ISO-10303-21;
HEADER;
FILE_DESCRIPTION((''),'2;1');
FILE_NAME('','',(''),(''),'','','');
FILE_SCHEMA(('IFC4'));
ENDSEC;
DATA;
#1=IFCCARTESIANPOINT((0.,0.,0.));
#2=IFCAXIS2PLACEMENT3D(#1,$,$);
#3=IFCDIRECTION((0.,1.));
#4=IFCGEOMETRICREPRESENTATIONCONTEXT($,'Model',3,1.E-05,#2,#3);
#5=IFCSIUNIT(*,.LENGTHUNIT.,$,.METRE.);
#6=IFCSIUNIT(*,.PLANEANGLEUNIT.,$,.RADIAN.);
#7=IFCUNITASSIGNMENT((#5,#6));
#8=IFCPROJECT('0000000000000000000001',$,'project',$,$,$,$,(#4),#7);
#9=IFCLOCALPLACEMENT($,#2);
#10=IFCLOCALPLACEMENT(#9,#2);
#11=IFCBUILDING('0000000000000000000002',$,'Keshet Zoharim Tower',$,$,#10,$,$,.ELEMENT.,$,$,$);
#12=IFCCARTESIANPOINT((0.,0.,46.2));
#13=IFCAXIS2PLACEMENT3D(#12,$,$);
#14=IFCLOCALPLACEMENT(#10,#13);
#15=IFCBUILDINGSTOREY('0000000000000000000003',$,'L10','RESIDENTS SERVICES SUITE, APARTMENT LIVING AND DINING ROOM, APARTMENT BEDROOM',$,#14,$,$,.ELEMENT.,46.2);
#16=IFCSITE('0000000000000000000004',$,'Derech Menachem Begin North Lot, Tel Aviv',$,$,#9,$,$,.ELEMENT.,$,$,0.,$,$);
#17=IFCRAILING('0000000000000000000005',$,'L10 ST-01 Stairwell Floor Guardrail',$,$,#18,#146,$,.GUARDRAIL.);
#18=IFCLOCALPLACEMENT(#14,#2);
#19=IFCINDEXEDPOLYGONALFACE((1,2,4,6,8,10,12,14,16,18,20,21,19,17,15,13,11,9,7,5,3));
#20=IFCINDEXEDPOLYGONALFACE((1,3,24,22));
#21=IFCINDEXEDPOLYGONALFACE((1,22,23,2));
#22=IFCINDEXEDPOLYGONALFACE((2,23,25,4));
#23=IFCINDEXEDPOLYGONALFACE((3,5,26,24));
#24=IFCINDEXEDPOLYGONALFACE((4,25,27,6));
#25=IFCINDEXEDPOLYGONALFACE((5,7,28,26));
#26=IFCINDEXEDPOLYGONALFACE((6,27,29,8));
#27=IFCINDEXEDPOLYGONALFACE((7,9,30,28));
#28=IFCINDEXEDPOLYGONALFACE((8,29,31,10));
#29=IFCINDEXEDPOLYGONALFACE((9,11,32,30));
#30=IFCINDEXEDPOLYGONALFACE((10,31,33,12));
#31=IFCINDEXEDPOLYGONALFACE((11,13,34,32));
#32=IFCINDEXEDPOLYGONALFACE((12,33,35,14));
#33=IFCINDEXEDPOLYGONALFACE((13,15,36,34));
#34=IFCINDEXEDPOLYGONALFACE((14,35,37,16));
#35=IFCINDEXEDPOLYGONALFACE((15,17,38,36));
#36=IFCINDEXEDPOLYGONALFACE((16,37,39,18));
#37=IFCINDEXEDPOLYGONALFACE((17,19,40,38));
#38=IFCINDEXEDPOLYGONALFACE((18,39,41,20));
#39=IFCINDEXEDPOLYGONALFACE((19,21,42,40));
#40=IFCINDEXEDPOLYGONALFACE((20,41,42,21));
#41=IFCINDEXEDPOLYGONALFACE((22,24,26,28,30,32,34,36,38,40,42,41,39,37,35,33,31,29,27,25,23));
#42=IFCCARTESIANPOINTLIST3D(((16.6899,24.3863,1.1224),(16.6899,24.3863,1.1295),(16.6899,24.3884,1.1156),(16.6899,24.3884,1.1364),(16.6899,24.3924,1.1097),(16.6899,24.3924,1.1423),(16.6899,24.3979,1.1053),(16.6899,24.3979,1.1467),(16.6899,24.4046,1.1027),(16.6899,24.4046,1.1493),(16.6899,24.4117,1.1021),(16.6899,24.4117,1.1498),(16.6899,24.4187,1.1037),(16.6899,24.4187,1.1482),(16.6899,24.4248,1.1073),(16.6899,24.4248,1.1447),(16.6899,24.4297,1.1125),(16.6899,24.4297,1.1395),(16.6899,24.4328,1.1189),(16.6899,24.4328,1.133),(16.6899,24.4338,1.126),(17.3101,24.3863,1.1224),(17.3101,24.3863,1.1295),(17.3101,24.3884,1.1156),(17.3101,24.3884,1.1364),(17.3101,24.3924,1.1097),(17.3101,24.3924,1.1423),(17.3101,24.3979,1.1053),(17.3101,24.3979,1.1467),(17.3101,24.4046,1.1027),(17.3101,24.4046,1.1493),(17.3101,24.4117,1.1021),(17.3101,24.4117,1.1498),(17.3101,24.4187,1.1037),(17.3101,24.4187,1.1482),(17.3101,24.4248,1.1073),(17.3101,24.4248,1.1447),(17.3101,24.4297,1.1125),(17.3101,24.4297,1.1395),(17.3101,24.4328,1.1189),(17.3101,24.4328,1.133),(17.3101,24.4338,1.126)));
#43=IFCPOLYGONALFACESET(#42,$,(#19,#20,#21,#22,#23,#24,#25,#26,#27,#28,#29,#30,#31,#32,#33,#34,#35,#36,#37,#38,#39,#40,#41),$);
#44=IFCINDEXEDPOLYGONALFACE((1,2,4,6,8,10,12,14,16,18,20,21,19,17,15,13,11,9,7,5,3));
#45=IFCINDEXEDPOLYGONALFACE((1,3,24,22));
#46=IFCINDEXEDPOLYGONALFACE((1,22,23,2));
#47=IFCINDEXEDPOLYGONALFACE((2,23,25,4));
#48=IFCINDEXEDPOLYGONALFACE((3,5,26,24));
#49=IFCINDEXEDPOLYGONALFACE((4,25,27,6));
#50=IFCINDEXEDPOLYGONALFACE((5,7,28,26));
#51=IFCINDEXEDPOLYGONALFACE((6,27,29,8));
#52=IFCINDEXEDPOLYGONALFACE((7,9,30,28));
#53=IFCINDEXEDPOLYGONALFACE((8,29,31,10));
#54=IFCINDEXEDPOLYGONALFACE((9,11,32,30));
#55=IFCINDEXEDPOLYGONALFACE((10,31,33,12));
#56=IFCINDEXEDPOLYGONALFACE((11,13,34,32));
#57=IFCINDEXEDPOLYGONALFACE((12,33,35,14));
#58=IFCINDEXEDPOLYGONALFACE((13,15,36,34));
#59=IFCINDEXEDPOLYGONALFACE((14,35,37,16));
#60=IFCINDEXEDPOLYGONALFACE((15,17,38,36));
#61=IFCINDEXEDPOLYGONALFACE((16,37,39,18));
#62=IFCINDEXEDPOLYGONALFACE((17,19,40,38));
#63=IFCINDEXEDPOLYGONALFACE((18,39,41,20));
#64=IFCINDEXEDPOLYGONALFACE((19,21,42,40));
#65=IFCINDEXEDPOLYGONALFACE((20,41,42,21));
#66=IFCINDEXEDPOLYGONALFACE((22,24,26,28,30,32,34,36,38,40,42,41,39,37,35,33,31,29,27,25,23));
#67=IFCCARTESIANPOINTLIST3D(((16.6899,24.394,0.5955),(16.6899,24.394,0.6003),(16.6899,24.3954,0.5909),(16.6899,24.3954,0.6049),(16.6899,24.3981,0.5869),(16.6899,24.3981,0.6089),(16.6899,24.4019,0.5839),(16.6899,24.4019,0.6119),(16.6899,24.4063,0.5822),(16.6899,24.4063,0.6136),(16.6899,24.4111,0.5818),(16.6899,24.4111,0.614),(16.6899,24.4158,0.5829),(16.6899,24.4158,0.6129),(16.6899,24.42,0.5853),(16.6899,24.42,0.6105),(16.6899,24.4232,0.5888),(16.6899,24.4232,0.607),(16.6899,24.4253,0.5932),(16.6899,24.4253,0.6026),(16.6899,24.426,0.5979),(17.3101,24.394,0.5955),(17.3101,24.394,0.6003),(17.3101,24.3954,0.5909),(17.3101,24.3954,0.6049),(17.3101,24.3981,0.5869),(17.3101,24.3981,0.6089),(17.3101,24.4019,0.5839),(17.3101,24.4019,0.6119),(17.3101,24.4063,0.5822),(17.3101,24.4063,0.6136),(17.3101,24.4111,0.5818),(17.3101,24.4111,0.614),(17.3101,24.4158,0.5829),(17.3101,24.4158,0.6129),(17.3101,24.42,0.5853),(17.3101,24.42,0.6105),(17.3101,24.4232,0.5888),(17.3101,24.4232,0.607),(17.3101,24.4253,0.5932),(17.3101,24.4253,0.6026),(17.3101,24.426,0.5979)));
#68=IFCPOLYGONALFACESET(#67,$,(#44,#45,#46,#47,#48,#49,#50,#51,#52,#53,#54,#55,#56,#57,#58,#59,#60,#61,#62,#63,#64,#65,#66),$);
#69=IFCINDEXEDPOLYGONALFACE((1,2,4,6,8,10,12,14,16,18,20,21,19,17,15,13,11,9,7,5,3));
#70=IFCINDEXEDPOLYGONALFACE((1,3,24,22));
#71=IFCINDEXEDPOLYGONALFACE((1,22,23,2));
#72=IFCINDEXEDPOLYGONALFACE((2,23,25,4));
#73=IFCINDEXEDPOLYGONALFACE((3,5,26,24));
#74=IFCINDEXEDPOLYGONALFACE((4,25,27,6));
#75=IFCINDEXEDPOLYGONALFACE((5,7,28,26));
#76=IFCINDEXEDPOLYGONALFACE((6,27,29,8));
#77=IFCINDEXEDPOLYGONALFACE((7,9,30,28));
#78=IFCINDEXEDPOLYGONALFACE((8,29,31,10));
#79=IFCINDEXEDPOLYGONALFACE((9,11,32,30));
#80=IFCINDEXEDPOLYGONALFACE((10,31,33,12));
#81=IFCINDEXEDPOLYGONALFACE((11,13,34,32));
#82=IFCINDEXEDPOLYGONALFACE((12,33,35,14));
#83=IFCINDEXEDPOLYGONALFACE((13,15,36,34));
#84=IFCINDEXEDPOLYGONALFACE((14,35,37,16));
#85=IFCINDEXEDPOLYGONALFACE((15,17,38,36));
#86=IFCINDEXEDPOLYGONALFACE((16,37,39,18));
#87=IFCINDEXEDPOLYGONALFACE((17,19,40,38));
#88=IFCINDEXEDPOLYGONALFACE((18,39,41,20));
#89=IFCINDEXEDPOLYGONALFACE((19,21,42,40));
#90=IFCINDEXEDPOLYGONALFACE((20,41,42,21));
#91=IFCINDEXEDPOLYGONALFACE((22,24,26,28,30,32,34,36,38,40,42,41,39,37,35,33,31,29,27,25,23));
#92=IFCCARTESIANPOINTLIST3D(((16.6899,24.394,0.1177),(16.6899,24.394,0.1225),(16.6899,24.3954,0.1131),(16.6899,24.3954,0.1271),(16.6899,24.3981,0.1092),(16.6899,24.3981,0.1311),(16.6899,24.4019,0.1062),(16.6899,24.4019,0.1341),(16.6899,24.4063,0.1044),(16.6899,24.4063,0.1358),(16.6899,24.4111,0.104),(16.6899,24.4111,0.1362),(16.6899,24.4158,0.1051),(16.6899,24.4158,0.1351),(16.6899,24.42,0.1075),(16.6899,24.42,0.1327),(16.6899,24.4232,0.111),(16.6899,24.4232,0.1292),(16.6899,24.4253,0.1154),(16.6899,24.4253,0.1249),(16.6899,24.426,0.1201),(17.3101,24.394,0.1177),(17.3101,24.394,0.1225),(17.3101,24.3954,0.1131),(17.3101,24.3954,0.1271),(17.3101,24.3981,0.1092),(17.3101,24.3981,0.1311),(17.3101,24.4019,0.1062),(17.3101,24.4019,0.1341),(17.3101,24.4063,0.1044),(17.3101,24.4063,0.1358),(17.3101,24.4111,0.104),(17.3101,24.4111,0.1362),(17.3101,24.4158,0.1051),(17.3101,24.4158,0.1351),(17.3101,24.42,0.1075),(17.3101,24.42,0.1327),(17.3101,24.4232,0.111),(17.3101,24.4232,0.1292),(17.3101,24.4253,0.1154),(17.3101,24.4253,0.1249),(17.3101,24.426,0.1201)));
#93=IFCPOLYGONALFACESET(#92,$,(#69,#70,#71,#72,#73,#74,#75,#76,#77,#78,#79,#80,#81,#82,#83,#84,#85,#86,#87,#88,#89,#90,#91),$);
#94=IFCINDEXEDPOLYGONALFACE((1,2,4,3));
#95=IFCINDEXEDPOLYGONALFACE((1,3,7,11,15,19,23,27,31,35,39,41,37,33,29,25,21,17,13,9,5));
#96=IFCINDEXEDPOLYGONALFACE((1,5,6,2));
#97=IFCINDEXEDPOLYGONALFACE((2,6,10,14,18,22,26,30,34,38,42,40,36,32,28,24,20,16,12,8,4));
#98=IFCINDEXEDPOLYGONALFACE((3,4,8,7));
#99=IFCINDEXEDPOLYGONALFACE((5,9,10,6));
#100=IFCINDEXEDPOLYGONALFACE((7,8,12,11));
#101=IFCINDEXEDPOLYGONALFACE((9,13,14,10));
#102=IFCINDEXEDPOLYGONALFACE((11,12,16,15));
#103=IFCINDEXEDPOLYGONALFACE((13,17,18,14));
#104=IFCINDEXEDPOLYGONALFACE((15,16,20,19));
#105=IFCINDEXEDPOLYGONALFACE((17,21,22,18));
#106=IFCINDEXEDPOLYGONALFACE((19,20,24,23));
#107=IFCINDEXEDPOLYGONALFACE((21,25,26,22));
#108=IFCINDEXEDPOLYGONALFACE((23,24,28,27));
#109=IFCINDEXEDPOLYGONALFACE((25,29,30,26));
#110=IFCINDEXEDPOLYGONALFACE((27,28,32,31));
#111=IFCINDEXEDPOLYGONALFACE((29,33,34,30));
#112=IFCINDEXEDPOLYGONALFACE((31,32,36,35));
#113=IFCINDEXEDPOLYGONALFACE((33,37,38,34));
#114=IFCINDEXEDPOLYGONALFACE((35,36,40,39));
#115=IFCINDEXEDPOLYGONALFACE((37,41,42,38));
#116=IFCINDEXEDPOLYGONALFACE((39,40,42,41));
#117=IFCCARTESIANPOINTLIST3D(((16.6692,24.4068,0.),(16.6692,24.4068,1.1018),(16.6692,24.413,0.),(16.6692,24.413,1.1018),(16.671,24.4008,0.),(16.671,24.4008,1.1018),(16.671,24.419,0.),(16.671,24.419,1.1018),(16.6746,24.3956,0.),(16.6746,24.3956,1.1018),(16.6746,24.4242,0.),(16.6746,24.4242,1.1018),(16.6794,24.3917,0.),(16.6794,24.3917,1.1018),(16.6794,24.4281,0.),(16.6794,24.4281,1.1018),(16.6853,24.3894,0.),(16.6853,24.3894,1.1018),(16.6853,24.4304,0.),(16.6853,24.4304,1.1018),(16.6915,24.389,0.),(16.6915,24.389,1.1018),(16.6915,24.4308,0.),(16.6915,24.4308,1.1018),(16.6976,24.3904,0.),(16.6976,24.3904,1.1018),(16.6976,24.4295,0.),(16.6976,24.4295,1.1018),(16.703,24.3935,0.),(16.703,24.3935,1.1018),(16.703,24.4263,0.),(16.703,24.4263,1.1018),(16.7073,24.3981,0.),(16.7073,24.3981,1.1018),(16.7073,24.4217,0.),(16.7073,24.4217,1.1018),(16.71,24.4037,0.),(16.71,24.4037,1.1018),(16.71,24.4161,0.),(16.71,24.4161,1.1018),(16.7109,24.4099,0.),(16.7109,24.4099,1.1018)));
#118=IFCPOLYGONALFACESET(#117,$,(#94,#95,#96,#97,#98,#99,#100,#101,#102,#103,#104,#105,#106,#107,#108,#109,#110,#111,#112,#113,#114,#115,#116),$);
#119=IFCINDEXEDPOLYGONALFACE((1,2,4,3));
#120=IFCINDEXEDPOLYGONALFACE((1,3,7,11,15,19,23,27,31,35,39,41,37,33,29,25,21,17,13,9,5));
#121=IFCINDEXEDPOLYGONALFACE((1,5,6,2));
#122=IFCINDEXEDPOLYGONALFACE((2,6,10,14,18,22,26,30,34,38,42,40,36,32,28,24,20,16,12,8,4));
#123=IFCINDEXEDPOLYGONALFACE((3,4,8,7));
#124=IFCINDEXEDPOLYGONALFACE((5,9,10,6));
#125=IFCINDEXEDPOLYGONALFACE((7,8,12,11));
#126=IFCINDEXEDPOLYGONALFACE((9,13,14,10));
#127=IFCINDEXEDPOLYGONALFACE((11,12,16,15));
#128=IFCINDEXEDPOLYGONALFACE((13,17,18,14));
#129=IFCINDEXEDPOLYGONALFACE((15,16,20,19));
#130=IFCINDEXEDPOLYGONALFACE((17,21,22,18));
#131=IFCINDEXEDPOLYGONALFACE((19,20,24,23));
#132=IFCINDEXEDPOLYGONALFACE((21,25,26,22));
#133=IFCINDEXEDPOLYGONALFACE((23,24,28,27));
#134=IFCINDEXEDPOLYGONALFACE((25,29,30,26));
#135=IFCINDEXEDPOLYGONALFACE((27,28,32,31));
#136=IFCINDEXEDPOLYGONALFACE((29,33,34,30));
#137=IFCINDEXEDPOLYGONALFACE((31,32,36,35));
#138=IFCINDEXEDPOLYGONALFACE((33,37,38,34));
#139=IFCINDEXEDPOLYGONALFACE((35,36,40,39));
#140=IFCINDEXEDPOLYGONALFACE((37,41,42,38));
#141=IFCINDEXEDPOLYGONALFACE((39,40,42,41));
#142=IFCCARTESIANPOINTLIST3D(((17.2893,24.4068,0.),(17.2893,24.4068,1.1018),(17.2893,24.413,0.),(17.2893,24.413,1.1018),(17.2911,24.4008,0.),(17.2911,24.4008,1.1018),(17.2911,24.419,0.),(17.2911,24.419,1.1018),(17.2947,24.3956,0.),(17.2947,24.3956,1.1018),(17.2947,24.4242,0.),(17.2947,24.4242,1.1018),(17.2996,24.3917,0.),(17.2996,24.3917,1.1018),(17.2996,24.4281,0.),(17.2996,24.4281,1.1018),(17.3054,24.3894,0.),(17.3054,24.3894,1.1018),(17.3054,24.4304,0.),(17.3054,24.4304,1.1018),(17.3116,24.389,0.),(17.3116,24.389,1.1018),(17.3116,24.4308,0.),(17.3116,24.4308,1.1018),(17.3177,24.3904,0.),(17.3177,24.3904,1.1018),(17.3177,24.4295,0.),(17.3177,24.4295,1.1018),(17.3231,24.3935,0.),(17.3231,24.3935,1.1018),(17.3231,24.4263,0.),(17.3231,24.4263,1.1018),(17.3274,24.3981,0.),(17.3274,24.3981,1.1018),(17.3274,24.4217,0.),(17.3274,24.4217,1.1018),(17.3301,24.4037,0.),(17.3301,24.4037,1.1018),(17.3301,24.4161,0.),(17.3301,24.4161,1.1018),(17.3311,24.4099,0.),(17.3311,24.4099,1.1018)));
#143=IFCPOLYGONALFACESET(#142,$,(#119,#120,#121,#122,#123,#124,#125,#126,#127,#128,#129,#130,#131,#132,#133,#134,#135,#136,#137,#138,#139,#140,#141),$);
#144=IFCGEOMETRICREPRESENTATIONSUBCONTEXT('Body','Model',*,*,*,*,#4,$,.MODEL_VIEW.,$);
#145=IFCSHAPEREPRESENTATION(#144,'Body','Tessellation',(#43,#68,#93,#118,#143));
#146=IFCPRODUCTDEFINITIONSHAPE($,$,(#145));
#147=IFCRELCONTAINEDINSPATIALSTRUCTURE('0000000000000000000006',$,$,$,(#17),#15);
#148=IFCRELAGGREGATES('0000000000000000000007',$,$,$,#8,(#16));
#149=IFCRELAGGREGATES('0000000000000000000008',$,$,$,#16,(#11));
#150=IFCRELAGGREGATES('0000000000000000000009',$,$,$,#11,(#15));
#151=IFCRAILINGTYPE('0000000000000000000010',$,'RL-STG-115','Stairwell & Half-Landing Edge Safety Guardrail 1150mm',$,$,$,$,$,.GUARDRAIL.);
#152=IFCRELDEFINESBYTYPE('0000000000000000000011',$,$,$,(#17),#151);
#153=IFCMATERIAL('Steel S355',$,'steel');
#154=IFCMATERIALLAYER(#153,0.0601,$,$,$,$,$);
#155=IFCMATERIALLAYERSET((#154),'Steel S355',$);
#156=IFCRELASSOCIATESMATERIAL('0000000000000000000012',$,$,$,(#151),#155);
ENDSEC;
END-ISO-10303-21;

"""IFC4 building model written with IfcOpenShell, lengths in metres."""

from ifc_helpers import new_model, si_unit, direction, frame, origin, origin_2d, place, context, subcontext, project, spatial, circle, extrude, material, layer, layer_set, type_object, element, save


model = new_model("IFC4")

# Units and contexts
model_context = context("Model", 3, precision=1e-05, world=origin(), true_north=direction((0.0, 1.0)))
body_context = subcontext(model_context, "Body", "Model", "MODEL_VIEW")
ifc_project = project(units=[si_unit("LENGTHUNIT", "METRE"), si_unit("PLANEANGLEUNIT", "RADIAN")], contexts=[model_context])

# Site, building, storey
site_placement = place(None, origin())
site = spatial("IfcSite", under=ifc_project, at=site_placement, Name="Derech Menachem Begin North Lot, Tel Aviv", CompositionType="ELEMENT", RefElevation=0.0)
building_placement = place(site_placement, origin())
building = spatial("IfcBuilding", under=site, at=building_placement, Name="Keshet Zoharim Tower", CompositionType="ELEMENT")
storey_placement = place(building_placement, frame((0.0, 0.0, 46.2)))
storey = spatial("IfcBuildingStorey", under=building, at=storey_placement, Name="L10", Description="RESIDENTS SERVICES SUITE, APARTMENT LIVING AND DINING ROOM, APARTMENT BEDROOM", CompositionType="ELEMENT", Elevation=46.2)

# Shared definitions
ifc_material_1 = material(Name="Steel S355", Category="steel")

# Railing
ifc_layer_1 = layer(ifc_material_1, 0.0601)
ifc_layer_set_1 = layer_set([ifc_layer_1], Name="Steel S355")
railing_type_1 = type_object("IfcRailingType", Name="RL-STG-115", Description="Stairwell & Half-Landing Edge Safety Guardrail 1150mm", PredefinedType="GUARDRAIL", material=ifc_layer_set_1)
railing_1_placement = place(storey_placement, frame((16.6899, 24.4099, 0.0)))
element("IfcRailing", 1, at=railing_1_placement, inside=storey, type_object=railing_type_1, Name="L10 ST-01 Stairwell Floor Guardrail", PredefinedType="GUARDRAIL", context=body_context, shape_type="SweptSolid", body=[
    extrude(circle(Radius=0.0239, at=origin_2d()), frame((0.0, 0.0, 1.126), z_axis=(1.0, 0.0, 0.0), x_axis=(0.0, 1.0, 0.0)), (0.0, 0.0, 1.0), 0.6201),
    extrude(circle(Radius=0.0161, at=origin_2d()), frame((0.0, 0.0, 0.5979), z_axis=(1.0, 0.0, 0.0), x_axis=(0.0, 1.0, 0.0)), (0.0, 0.0, 1.0), 0.6201),
    extrude(circle(Radius=0.0161, at=origin_2d()), frame((0.0, 0.0, 0.1201), z_axis=(1.0, 0.0, 0.0), x_axis=(0.0, 1.0, 0.0)), (0.0, 0.0, 1.0), 0.6201),
    extrude(circle(Radius=0.021, at=origin_2d()), origin(), (0.0, 0.0, 1.0), 1.1018),
    extrude(circle(Radius=0.021, at=origin_2d()), frame((0.6201, 0.0, 0.0)), (0.0, 0.0, 1.0), 1.1018),
])

save(model, "model.ifc")
